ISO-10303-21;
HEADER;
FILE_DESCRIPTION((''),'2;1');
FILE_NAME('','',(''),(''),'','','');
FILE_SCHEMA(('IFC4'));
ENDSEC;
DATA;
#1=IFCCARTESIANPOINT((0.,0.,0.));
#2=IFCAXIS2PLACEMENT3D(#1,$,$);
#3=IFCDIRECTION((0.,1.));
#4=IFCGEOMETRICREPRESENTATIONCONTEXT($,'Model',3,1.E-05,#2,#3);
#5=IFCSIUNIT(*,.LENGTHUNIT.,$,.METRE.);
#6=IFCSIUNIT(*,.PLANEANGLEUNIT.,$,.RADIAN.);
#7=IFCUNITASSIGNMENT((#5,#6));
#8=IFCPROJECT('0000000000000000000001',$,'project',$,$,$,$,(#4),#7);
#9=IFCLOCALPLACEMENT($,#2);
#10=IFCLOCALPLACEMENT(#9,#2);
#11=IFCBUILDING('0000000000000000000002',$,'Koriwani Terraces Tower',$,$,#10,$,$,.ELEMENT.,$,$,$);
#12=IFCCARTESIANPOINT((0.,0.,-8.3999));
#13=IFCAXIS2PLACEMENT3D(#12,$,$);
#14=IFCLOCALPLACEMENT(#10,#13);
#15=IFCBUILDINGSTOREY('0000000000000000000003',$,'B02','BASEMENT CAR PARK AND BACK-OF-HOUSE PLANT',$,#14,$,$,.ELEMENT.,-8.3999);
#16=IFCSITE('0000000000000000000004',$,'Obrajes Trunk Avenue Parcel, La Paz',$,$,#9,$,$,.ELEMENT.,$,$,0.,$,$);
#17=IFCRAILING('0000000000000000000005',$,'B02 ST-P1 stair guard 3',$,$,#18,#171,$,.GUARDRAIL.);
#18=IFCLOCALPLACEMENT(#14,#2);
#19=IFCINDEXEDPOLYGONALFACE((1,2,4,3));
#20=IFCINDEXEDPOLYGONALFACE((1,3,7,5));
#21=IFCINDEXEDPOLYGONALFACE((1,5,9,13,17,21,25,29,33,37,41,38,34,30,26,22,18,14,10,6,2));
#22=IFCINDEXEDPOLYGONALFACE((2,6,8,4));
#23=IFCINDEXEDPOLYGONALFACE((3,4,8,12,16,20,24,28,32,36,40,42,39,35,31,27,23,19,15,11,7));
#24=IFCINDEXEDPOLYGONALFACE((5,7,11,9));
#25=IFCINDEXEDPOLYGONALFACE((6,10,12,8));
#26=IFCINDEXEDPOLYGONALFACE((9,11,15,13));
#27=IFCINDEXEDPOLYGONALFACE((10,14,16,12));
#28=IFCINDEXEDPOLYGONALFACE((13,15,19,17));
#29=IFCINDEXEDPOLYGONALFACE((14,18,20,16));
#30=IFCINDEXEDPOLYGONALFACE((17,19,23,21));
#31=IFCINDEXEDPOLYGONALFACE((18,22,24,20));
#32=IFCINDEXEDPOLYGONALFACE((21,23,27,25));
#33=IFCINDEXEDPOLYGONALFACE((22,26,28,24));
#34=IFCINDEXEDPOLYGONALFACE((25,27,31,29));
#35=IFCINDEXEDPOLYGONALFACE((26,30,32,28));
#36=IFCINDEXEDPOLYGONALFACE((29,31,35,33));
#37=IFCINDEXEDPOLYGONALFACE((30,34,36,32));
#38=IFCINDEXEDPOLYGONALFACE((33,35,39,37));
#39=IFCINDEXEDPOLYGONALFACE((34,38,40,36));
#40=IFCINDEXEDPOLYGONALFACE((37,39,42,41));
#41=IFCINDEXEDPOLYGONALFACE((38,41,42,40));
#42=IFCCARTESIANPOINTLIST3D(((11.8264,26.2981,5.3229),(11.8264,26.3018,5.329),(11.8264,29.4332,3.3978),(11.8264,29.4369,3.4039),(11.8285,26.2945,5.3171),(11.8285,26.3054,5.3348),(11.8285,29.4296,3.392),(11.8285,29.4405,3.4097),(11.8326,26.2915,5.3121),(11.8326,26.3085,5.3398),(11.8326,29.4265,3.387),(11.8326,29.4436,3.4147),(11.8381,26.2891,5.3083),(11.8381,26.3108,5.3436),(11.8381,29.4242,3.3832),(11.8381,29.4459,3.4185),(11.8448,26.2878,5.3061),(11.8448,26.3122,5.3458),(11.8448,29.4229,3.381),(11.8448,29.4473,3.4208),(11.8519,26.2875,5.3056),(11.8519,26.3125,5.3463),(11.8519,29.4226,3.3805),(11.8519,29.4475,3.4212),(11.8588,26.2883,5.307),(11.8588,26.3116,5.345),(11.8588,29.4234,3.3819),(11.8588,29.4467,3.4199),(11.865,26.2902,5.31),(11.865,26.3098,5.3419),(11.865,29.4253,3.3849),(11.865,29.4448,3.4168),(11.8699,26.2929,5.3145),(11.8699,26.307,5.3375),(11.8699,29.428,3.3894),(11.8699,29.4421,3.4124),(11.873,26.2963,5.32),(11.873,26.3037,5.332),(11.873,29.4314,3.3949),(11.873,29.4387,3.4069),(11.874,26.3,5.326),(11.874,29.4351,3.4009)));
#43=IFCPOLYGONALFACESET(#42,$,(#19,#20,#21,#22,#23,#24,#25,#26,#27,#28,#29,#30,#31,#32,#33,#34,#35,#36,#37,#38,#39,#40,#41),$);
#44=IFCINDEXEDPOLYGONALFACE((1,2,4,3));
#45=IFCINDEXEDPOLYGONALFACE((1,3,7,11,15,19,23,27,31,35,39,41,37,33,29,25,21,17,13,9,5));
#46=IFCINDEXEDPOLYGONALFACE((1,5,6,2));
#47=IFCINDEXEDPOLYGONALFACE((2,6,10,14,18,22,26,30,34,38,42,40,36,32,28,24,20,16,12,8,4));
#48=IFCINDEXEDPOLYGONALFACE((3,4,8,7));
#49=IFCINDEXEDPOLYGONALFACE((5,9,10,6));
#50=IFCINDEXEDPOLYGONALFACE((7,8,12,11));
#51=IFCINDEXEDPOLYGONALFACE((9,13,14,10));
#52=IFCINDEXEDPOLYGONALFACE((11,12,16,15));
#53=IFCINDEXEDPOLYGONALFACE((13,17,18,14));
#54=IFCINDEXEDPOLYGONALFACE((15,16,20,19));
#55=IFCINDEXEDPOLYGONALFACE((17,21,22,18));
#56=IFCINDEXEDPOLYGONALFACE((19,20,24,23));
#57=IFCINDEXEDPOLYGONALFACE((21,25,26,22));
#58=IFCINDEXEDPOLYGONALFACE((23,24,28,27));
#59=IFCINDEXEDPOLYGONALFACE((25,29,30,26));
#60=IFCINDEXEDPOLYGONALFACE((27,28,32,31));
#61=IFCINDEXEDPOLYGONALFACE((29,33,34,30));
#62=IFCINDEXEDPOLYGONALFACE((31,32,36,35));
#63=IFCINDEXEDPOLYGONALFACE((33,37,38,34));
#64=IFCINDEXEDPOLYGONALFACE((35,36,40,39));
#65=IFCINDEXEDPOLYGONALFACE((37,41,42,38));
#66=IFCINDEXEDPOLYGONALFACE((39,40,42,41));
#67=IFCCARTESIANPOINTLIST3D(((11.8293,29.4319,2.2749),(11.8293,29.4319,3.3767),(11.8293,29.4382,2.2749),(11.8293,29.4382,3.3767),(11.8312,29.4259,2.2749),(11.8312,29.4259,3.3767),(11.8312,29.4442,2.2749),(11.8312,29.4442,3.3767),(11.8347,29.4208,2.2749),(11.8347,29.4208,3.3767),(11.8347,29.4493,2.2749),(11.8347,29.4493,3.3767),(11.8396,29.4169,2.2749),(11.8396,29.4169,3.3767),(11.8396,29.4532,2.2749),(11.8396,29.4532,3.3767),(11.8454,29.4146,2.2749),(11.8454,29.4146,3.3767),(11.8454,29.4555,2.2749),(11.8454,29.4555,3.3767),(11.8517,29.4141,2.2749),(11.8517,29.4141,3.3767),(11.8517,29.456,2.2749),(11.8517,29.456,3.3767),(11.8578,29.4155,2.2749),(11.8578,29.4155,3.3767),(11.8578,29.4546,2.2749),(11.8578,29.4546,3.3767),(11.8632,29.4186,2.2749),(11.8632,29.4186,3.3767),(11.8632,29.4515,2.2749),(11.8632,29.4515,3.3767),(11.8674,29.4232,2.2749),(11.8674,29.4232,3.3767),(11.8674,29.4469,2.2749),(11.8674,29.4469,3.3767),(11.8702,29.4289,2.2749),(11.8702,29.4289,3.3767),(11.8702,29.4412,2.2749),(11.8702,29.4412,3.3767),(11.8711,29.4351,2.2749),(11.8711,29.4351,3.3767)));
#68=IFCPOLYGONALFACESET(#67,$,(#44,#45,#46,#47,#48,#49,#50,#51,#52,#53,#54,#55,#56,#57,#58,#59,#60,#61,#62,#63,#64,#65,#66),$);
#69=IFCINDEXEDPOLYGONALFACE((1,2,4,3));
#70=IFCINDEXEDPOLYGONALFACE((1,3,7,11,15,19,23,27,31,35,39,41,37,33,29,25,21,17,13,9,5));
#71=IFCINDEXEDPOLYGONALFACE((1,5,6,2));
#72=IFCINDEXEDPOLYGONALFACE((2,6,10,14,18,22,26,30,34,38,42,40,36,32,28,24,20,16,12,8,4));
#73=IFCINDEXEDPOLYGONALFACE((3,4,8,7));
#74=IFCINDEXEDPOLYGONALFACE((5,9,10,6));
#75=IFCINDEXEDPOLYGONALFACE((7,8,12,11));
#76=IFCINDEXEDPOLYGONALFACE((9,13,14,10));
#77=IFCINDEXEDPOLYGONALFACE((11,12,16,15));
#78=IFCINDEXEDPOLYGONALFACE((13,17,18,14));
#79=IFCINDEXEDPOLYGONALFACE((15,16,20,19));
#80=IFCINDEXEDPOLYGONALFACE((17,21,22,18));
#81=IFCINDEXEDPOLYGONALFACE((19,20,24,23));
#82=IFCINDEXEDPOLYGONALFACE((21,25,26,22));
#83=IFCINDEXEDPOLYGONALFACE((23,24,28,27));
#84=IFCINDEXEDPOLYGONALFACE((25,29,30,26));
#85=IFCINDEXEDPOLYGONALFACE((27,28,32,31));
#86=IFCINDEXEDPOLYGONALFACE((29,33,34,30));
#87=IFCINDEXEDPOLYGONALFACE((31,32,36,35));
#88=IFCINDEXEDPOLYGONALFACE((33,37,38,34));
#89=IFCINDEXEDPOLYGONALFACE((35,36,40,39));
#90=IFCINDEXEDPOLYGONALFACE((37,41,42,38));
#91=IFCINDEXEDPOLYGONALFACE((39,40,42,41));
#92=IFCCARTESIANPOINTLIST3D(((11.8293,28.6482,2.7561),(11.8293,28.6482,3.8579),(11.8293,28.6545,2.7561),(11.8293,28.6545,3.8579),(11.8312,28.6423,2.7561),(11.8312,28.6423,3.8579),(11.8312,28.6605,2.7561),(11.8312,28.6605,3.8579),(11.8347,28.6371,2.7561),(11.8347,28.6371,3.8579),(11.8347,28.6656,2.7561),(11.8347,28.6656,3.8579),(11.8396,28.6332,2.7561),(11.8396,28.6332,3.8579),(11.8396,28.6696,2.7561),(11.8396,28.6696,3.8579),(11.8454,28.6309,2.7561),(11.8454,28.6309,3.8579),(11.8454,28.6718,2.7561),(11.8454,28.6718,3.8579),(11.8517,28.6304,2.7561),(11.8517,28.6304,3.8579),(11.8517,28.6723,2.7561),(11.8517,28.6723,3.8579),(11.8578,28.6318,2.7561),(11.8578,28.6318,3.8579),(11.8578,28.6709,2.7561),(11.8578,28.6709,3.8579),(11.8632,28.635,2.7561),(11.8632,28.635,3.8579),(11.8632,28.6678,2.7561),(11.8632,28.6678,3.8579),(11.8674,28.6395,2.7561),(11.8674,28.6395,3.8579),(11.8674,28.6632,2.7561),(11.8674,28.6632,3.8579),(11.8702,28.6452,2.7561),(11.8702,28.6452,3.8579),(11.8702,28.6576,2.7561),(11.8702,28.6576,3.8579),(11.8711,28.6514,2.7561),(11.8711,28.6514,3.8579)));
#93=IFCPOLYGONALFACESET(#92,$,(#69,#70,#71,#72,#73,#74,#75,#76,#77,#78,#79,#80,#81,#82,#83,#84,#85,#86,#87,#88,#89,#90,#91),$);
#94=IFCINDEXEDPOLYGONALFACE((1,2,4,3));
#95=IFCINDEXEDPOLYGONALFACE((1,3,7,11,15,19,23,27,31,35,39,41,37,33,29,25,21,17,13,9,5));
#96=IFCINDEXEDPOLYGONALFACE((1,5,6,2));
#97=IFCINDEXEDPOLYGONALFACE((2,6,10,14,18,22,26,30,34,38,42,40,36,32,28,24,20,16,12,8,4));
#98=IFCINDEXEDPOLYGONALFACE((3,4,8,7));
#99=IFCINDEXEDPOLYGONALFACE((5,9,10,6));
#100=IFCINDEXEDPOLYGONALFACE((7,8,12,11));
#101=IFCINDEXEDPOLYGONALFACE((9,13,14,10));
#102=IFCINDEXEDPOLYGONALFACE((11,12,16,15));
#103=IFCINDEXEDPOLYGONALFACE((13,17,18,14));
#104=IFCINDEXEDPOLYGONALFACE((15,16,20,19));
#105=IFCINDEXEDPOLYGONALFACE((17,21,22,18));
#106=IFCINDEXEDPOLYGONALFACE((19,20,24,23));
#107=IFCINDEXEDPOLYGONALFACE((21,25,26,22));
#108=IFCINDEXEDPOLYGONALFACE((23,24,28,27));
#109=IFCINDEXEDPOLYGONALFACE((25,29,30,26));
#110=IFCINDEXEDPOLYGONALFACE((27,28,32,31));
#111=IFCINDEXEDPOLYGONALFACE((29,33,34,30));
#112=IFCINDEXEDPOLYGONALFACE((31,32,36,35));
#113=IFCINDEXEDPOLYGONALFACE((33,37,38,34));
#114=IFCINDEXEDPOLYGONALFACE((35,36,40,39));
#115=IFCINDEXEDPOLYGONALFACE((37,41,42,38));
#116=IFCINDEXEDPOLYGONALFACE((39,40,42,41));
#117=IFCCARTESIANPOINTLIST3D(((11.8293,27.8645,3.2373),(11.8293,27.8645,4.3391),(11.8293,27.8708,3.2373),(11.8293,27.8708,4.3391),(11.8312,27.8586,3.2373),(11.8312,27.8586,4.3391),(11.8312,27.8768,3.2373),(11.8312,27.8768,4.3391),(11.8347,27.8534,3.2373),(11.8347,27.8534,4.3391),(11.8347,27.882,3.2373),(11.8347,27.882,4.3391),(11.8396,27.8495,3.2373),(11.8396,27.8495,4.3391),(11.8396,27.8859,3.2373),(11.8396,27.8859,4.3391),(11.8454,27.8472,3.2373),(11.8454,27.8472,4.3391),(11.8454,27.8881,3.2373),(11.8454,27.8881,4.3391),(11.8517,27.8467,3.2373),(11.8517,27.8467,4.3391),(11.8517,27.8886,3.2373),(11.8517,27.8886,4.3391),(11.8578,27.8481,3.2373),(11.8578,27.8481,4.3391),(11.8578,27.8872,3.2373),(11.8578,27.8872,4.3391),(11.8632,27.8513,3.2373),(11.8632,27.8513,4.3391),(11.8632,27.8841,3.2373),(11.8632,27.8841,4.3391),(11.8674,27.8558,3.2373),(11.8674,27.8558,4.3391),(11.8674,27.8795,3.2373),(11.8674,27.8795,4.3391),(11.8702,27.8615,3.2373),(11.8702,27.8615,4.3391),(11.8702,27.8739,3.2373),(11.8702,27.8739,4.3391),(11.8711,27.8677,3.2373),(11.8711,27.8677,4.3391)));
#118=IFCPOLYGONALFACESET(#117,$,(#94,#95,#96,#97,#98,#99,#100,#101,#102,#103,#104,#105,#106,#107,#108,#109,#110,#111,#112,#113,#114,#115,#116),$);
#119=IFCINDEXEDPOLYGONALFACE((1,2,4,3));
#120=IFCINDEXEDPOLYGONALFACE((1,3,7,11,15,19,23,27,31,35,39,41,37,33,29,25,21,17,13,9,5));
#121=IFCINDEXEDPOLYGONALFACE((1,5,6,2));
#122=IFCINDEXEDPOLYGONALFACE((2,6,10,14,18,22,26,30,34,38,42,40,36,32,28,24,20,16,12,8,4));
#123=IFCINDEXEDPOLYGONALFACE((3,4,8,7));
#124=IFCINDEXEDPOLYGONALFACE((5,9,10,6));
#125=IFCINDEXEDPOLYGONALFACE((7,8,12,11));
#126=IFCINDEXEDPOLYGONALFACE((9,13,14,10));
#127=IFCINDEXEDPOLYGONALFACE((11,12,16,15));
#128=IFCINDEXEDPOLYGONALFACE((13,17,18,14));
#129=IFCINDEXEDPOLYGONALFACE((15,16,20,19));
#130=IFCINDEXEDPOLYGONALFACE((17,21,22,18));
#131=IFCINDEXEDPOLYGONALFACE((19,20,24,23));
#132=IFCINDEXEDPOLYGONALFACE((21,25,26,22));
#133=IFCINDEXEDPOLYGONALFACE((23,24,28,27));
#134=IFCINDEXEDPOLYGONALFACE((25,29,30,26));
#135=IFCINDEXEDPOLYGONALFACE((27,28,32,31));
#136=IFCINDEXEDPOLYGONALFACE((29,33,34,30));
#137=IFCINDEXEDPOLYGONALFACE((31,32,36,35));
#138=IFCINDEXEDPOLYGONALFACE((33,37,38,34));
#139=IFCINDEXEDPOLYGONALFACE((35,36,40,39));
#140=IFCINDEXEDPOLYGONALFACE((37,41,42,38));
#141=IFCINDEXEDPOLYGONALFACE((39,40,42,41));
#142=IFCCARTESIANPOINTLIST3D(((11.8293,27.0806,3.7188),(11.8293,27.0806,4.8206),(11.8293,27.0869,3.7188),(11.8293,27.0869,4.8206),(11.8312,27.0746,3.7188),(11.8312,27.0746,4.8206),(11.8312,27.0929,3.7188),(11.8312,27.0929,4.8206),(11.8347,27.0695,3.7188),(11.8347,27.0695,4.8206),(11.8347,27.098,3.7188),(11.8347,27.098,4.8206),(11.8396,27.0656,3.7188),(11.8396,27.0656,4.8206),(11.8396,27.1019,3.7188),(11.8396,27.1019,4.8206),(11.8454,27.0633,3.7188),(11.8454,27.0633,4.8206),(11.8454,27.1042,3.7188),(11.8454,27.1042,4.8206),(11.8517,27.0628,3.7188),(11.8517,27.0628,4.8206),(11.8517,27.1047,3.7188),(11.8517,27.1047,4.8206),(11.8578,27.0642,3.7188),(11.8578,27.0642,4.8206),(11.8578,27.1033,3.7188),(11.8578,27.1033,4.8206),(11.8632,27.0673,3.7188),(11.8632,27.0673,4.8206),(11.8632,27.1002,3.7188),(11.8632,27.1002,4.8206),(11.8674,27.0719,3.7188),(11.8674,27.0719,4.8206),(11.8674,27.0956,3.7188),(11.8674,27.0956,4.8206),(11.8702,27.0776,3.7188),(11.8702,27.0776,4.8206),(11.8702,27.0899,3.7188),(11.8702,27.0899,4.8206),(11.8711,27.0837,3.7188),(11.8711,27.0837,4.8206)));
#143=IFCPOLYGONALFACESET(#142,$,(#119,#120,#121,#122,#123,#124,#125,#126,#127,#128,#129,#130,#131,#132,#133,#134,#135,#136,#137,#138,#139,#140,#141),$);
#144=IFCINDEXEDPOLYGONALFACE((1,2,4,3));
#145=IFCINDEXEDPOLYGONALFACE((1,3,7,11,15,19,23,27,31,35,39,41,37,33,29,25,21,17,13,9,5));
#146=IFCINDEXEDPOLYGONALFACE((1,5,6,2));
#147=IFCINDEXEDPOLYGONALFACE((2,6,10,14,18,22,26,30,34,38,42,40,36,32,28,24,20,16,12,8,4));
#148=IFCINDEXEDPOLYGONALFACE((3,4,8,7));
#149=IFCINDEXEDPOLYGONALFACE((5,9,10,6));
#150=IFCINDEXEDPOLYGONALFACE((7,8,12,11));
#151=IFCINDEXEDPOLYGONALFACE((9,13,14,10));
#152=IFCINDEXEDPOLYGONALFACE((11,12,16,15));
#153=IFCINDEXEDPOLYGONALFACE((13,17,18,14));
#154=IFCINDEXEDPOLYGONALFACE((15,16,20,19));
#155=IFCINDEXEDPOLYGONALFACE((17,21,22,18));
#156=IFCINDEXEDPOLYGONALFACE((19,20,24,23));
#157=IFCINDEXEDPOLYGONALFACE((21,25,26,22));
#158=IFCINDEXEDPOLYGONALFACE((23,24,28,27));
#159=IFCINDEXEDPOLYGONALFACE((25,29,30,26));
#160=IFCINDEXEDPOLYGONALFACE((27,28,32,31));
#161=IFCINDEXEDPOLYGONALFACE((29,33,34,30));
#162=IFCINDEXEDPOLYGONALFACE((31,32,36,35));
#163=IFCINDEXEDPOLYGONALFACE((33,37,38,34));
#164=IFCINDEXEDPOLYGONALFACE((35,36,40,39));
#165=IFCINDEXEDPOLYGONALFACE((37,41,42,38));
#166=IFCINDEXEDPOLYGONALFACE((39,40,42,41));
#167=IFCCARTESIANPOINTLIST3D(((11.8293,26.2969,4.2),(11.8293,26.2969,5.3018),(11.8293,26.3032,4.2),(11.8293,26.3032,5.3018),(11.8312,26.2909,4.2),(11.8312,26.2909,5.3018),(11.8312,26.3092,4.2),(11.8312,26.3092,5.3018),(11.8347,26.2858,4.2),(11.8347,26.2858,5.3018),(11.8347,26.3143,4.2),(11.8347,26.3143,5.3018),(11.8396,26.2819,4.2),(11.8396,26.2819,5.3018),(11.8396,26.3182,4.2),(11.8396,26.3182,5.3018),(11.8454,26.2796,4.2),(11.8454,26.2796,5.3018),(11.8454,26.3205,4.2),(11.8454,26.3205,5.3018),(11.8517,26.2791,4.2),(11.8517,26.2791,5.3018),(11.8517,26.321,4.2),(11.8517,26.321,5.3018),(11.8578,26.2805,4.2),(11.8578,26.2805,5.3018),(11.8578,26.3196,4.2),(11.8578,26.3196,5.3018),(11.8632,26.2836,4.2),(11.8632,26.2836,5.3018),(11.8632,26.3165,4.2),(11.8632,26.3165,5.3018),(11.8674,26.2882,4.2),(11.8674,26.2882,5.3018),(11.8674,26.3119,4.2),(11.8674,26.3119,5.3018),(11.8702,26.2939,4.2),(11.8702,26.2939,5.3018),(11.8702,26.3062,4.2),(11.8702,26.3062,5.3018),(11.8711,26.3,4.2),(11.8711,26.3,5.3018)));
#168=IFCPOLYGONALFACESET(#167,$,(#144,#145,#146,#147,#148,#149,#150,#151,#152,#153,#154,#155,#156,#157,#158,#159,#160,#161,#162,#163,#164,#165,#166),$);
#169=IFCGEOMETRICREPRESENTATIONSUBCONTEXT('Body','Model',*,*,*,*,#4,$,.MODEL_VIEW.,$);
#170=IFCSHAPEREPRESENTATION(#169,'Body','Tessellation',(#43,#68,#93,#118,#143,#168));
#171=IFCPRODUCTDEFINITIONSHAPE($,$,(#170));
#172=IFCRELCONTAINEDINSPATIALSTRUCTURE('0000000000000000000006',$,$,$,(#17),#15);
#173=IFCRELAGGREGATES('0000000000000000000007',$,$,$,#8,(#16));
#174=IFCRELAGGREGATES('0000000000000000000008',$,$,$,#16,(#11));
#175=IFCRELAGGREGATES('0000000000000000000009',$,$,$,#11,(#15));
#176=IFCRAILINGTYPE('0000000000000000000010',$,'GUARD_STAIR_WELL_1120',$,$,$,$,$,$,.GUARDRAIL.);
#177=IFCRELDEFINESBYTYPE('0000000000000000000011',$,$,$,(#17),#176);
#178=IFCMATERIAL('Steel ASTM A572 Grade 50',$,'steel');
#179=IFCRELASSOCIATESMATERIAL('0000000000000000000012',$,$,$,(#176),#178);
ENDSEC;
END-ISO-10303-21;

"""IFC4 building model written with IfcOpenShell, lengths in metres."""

from ifc_helpers import new_model, si_unit, direction, frame, origin, origin_2d, place, context, subcontext, project, spatial, circle, extrude, material, type_object, element, save


model = new_model("IFC4")

# Units and contexts
model_context = context("Model", 3, precision=1e-05, world=origin(), true_north=direction((0.0, 1.0)))
body_context = subcontext(model_context, "Body", "Model", "MODEL_VIEW")
ifc_project = project(units=[si_unit("LENGTHUNIT", "METRE"), si_unit("PLANEANGLEUNIT", "RADIAN")], contexts=[model_context])

# Site, building, storey
site_placement = place(None, origin())
site = spatial("IfcSite", under=ifc_project, at=site_placement, Name="Obrajes Trunk Avenue Parcel, La Paz", CompositionType="ELEMENT", RefElevation=0.0)
building_placement = place(site_placement, origin())
building = spatial("IfcBuilding", under=site, at=building_placement, Name="Koriwani Terraces Tower", CompositionType="ELEMENT")
storey_placement = place(building_placement, frame((0.0, 0.0, -8.3999)))
storey = spatial("IfcBuildingStorey", under=building, at=storey_placement, Name="B02", Description="BASEMENT CAR PARK AND BACK-OF-HOUSE PLANT", CompositionType="ELEMENT", Elevation=-8.3999)

# Shared definitions
ifc_material_1 = material(Name="Steel ASTM A572 Grade 50", Category="steel")

# Railing
railing_type_1 = type_object("IfcRailingType", Name="GUARD_STAIR_WELL_1120", PredefinedType="GUARDRAIL", material=ifc_material_1)
railing_1_placement = place(storey_placement, frame((11.8501, 29.4351, 2.2749)))
element("IfcRailing", 1, at=railing_1_placement, inside=storey, type_object=railing_type_1, Name="B02 ST-P1 stair guard 3", PredefinedType="GUARDRAIL", context=body_context, shape_type="SweptSolid", body=[
    extrude(circle(Radius=0.0239, at=origin_2d()), frame((0.0, 0.0, 1.126), z_axis=(0.0, -0.852166, 0.523271), x_axis=(1.0, 0.0, 0.0)), (0.0, 0.0, 1.0), 3.679),
    extrude(circle(Radius=0.021, at=origin_2d()), origin(), (0.0, 0.0, 1.0), 1.1018),
    extrude(circle(Radius=0.021, at=origin_2d()), frame((0.0, -0.7837, 0.4812)), (0.0, 0.0, 1.0), 1.1018),
    extrude(circle(Radius=0.021, at=origin_2d()), frame((0.0, -1.5674, 0.9624)), (0.0, 0.0, 1.0), 1.1018),
    extrude(circle(Radius=0.021, at=origin_2d()), frame((0.0, -2.3513, 1.4438)), (0.0, 0.0, 1.0), 1.1018),
    extrude(circle(Radius=0.021, at=origin_2d()), frame((0.0, -3.135, 1.925)), (0.0, 0.0, 1.0), 1.1018),
])

save(model, "model.ifc")
